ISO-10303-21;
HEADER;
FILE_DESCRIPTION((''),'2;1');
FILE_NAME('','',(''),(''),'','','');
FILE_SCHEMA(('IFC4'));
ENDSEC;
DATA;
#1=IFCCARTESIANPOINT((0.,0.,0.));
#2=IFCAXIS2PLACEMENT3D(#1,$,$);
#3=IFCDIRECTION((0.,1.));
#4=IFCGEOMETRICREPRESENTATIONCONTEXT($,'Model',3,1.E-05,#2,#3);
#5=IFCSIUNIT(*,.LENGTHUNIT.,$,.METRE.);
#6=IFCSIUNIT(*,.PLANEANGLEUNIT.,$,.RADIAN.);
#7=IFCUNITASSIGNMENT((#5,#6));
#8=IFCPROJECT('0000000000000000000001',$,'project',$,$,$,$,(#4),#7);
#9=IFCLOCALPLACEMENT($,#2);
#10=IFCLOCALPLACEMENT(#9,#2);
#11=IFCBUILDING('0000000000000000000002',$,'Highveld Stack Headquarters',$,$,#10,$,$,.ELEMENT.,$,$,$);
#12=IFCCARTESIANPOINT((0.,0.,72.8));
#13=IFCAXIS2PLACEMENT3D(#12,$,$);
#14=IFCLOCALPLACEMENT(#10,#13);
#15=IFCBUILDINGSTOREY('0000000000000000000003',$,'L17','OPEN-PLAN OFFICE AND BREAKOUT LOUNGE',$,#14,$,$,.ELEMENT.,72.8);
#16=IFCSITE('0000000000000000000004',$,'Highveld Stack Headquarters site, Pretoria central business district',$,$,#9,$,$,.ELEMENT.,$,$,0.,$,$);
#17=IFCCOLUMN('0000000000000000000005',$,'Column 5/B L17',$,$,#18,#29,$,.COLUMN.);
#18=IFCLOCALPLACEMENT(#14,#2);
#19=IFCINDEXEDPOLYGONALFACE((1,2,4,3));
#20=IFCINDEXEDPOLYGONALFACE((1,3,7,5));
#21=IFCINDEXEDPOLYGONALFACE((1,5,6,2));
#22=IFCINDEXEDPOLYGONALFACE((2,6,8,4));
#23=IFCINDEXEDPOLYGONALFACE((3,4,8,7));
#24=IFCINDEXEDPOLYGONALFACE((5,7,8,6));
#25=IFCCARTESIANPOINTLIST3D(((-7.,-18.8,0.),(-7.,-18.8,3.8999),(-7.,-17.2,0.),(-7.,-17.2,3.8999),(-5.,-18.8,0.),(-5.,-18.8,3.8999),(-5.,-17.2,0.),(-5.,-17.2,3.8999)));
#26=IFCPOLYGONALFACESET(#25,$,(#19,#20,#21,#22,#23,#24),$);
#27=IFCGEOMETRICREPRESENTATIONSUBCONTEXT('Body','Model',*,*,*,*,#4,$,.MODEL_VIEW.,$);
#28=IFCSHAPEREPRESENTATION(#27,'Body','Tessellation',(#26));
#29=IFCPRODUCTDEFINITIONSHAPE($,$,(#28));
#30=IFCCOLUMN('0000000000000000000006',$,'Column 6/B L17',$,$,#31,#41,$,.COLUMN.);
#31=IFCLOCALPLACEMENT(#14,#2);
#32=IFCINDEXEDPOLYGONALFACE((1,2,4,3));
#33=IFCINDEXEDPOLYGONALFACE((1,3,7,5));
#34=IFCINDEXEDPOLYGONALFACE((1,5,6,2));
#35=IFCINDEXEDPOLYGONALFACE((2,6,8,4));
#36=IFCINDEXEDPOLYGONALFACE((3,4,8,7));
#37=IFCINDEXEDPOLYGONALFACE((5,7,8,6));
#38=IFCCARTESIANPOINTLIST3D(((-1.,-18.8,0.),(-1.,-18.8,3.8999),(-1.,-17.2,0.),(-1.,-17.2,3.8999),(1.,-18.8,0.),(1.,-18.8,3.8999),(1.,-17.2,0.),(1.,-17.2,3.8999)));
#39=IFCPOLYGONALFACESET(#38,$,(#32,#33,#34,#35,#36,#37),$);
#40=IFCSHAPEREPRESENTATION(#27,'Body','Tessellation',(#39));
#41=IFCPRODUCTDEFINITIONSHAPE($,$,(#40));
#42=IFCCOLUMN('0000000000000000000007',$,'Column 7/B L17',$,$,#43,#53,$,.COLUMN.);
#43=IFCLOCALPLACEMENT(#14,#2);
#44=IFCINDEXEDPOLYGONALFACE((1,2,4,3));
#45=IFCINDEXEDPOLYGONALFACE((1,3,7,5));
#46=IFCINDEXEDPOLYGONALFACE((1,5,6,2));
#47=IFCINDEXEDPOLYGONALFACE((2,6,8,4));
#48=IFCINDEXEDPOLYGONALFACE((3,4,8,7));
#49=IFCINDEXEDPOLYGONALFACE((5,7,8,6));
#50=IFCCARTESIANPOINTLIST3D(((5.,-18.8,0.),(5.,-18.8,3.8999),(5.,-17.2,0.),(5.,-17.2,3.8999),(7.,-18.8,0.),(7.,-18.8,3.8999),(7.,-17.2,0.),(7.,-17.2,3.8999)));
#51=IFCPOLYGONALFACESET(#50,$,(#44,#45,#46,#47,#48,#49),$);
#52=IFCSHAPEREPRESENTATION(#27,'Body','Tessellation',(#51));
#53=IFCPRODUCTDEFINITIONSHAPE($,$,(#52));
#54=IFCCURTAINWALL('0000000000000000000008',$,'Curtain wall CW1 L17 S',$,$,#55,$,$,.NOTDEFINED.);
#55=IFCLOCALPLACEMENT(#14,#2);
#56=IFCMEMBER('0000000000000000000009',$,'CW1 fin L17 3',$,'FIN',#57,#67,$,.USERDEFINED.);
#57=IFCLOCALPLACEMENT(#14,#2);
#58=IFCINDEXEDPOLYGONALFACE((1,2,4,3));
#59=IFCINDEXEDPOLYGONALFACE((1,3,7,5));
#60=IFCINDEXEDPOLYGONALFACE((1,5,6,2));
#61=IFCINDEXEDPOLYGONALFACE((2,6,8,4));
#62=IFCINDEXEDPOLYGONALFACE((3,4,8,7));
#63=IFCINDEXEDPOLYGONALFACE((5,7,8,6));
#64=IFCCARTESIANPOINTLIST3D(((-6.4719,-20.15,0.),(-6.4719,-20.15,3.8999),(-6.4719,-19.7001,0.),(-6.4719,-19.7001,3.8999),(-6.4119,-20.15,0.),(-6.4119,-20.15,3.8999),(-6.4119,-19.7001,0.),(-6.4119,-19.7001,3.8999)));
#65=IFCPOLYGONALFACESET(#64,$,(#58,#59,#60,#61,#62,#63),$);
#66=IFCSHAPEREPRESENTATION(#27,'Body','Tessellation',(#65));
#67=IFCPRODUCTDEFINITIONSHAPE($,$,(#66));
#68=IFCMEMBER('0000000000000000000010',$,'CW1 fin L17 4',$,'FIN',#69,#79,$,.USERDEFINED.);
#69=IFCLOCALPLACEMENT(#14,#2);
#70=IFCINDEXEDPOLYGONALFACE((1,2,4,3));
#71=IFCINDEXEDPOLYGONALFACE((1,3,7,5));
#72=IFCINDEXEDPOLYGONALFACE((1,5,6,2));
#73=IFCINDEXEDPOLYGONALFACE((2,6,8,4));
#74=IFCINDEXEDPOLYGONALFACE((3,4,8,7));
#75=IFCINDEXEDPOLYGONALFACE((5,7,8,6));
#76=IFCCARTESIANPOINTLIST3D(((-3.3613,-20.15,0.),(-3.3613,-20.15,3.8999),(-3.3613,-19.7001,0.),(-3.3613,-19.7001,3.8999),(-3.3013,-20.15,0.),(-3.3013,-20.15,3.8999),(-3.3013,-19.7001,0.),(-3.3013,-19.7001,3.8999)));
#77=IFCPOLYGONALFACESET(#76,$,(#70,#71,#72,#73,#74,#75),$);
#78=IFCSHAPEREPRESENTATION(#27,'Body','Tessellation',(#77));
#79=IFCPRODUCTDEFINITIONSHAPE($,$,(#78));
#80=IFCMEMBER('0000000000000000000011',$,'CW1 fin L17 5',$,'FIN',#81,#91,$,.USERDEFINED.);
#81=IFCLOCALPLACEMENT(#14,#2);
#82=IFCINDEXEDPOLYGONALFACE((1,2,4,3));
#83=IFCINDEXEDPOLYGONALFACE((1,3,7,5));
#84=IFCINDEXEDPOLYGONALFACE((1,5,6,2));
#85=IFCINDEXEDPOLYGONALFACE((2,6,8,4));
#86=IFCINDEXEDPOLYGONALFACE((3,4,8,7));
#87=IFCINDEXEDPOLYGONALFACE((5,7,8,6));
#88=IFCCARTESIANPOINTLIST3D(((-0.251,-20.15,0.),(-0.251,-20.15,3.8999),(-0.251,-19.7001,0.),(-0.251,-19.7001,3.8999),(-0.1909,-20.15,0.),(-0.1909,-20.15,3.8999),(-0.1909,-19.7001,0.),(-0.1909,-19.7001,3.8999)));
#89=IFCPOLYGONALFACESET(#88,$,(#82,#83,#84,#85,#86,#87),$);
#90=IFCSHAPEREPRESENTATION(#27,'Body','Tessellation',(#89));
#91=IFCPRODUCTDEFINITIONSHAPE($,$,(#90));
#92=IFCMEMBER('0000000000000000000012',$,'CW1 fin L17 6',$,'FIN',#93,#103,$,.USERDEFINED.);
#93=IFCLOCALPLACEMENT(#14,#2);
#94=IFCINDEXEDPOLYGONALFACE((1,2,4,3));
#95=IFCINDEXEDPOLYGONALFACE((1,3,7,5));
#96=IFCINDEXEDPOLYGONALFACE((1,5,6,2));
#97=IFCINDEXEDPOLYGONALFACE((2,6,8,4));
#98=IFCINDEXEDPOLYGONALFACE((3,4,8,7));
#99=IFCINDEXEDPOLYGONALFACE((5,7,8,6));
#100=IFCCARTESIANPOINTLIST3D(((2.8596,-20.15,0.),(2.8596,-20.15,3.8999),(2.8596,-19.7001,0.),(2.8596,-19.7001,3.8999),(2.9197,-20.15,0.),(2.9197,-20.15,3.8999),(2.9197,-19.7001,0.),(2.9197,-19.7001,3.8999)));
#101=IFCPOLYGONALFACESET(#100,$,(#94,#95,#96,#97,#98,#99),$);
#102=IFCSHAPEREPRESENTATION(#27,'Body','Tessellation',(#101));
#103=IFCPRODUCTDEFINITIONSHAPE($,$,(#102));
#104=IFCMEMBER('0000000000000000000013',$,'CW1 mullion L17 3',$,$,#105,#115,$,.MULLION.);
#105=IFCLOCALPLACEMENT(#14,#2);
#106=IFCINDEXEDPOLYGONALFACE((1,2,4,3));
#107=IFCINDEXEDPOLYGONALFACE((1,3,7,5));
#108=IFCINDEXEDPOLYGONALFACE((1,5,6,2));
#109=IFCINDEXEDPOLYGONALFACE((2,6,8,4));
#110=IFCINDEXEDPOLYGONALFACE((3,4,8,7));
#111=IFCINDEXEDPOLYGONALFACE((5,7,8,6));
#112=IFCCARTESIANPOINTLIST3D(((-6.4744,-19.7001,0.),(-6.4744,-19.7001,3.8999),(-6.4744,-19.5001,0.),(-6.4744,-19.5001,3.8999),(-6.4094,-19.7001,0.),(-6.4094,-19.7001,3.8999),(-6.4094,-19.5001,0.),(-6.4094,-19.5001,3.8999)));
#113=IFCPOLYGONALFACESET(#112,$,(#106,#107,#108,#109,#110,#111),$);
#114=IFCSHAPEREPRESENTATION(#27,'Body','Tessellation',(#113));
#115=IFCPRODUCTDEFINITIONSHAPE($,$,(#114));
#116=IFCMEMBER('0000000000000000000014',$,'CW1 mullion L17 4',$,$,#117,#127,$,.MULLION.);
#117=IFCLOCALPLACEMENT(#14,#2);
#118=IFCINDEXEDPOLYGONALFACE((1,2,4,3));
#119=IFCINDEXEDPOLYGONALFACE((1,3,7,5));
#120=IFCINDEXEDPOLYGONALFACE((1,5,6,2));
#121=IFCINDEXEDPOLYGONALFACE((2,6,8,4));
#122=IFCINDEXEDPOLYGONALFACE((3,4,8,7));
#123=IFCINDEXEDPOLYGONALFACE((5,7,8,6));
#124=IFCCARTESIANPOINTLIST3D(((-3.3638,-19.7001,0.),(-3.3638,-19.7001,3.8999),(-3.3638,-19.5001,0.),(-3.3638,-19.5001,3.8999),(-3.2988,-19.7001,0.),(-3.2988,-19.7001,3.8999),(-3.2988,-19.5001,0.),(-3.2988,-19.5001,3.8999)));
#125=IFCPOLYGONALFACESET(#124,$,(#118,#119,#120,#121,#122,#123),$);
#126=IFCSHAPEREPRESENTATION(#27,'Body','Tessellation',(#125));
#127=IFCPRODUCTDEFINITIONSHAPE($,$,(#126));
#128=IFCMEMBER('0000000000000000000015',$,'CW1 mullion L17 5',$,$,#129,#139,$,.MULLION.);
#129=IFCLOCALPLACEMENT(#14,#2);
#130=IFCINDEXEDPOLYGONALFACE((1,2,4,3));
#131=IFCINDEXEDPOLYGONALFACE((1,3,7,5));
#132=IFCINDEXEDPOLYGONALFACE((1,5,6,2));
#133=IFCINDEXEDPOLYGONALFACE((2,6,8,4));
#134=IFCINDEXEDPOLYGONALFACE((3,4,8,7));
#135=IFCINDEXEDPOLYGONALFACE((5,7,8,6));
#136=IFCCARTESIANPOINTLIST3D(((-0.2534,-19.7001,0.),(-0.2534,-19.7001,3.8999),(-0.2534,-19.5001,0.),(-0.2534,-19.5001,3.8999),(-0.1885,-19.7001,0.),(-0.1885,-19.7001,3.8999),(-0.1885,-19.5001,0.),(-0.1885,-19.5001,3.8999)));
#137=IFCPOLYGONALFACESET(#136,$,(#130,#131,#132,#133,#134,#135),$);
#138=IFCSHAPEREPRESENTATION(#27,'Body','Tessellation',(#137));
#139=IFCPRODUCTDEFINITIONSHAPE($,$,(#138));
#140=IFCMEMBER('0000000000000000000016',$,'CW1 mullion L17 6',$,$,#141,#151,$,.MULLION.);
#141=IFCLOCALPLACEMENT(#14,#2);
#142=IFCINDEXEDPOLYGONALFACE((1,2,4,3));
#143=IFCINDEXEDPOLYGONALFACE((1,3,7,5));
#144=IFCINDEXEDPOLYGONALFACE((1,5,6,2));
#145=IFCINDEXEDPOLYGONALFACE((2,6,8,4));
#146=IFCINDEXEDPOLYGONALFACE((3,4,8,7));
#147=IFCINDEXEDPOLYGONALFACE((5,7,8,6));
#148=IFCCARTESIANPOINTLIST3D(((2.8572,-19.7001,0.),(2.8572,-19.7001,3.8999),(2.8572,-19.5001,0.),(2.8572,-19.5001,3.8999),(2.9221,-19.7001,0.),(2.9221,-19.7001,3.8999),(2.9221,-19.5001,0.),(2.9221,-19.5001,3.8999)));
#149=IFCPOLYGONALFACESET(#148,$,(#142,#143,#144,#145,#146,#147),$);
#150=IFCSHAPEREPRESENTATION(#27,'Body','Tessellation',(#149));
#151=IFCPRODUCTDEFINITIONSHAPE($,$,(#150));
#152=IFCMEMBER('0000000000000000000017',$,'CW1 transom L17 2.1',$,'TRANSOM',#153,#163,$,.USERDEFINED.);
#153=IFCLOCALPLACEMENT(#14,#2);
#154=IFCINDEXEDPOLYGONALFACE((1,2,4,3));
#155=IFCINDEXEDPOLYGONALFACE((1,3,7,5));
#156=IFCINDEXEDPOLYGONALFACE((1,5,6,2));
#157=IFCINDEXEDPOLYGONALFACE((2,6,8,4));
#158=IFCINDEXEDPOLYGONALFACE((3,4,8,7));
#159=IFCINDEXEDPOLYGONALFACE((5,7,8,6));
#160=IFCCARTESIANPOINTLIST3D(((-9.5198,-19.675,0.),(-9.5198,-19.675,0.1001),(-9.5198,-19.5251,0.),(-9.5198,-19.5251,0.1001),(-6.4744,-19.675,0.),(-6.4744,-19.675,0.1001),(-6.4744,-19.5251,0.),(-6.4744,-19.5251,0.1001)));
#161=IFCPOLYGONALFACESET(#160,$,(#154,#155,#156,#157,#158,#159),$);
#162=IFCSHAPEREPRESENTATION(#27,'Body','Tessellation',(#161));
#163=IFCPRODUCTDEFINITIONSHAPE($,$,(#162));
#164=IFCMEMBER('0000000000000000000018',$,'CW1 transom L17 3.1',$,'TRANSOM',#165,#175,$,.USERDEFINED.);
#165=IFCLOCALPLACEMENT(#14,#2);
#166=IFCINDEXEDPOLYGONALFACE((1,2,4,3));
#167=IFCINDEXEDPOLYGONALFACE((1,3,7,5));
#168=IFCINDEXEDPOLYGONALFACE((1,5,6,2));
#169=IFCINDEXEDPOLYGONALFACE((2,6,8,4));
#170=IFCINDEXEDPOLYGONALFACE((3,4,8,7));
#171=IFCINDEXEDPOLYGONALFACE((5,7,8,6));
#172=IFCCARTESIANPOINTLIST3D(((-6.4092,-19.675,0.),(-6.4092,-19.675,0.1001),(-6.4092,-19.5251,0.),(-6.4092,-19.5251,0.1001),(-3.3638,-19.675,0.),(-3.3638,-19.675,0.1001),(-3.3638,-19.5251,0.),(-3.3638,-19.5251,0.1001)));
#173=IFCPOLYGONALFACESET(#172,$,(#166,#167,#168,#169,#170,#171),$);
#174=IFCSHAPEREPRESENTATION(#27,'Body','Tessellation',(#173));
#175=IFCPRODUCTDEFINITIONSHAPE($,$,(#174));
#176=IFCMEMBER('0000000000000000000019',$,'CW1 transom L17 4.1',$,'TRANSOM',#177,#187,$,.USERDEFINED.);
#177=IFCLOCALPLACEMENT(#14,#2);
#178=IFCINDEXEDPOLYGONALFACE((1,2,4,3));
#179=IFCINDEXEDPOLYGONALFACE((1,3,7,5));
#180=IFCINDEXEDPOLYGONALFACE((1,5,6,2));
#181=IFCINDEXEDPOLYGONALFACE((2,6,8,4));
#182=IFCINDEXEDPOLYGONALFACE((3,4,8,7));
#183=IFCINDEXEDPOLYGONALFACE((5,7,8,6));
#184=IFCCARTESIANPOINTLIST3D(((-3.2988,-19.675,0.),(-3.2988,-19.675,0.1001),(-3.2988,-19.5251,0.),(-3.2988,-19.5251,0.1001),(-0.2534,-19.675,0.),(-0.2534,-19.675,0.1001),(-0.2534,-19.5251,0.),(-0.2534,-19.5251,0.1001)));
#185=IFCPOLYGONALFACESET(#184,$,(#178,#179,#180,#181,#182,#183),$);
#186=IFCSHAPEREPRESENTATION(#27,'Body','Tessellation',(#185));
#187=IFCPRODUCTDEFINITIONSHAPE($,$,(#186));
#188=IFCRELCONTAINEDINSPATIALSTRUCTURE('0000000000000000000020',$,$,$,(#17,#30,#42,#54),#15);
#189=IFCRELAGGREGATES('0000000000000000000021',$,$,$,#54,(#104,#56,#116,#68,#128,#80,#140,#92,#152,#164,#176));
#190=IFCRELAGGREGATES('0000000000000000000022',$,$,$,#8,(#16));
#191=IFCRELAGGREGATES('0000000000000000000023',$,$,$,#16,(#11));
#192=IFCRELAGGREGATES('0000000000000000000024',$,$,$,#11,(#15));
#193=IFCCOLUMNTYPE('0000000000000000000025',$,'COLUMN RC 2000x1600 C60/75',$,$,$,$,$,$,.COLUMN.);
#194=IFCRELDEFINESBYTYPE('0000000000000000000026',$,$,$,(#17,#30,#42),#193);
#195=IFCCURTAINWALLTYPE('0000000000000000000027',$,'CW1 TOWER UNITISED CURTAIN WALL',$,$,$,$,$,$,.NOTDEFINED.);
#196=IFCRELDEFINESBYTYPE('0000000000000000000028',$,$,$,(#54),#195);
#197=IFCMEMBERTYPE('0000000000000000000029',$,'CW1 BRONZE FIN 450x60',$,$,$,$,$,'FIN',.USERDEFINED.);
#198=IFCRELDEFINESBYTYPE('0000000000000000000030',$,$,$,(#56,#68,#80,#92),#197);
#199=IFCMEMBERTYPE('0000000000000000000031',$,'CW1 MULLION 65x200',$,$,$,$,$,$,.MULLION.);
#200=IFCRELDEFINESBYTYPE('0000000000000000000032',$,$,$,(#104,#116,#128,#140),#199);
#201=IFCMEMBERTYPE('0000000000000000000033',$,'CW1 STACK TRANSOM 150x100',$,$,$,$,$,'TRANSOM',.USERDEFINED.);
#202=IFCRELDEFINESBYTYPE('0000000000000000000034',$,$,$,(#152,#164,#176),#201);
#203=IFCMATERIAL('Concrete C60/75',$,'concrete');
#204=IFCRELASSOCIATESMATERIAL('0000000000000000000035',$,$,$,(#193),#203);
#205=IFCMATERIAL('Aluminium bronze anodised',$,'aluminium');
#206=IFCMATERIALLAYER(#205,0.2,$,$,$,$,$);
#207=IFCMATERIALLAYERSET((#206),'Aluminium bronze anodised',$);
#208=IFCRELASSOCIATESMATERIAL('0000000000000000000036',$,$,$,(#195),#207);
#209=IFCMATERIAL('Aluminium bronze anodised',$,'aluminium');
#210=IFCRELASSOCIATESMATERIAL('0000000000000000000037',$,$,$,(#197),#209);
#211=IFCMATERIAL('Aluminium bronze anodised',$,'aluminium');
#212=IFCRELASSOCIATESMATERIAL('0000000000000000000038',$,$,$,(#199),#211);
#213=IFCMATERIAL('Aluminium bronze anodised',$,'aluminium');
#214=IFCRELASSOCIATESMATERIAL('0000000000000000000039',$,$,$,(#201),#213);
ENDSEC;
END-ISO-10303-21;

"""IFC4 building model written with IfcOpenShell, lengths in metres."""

from ifc_helpers import new_model, si_unit, direction, frame, origin, origin_2d, place, context, subcontext, project, spatial, rectangle, extrude, material, layer, layer_set, material_profile, profile_set, type_object, element, aggregate, save


model = new_model("IFC4")

# Units and contexts
model_context = context("Model", 3, precision=1e-05, world=origin(), true_north=direction((0.0, 1.0)))
body_context = subcontext(model_context, "Body", "Model", "MODEL_VIEW")
ifc_project = project(units=[si_unit("LENGTHUNIT", "METRE"), si_unit("PLANEANGLEUNIT", "RADIAN")], contexts=[model_context])

# Site, building, storey
site_placement = place(None, origin())
site = spatial("IfcSite", under=ifc_project, at=site_placement, Name="Highveld Stack Headquarters site, Pretoria central business district", CompositionType="ELEMENT", RefElevation=0.0)
building_placement = place(site_placement, origin())
building = spatial("IfcBuilding", under=site, at=building_placement, Name="Highveld Stack Headquarters", CompositionType="ELEMENT")
storey_placement = place(building_placement, frame((0.0, 0.0, 72.8)))
storey = spatial("IfcBuildingStorey", under=building, at=storey_placement, Name="L17", Description="OPEN-PLAN OFFICE AND BREAKOUT LOUNGE", CompositionType="ELEMENT", Elevation=72.8)

# Columns
ifc_material_1 = material(Name="Concrete C60/75", Category="concrete")
ifc_material_profile_1 = material_profile(ifc_material_1, rectangle(XDim=2.0, YDim=1.6001, at=origin_2d()), Name="RC 2000x1600")
ifc_profile_set_1 = profile_set([ifc_material_profile_1], Name="Concrete C60/75")
column_type = type_object("IfcColumnType", Name="COLUMN RC 2000x1600 C60/75", PredefinedType="COLUMN", material=ifc_profile_set_1)
for number, where, z_axis, x_axis, name in (
    (1, (-6.0, -18.0, 0.0), (0.0, 0.0, 1.0), (1.0, 0.0, 0.0), "Column 5/B L17"),
    (2, (0.0, -18.0, 0.0), (0.0, 0.0, 1.0), (1.0, 0.0, 0.0), "Column 6/B L17"),
    (3, (6.0, -18.0, 0.0), (0.0, 0.0, 1.0), (1.0, 0.0, 0.0), "Column 7/B L17"),
):
    element("IfcColumn", number, at=place(storey_placement, frame(where, z_axis=z_axis, x_axis=x_axis)), inside=storey, type_object=column_type, Name=name, PredefinedType="COLUMN", context=body_context, shape_type="SweptSolid", body=[
        extrude(rectangle(XDim=2.0, YDim=1.6001, at=origin_2d()), origin(), (0.0, 0.0, 1.0), 3.8999),
    ])

# Curtain wall, members
ifc_material_2 = material(Name="Aluminium bronze anodised", Category="aluminium")
ifc_layer_1 = layer(ifc_material_2, 0.2)
ifc_layer_set_1 = layer_set([ifc_layer_1], Name="Aluminium bronze anodised")
curtain_wall_type = type_object("IfcCurtainWallType", Name="CW1 TOWER UNITISED CURTAIN WALL", PredefinedType="NOTDEFINED", material=ifc_layer_set_1)
curtain_wall_placement = place(storey_placement, origin())
curtain_wall = element("IfcCurtainWall", 4, at=curtain_wall_placement, inside=storey, type_object=curtain_wall_type, Name="Curtain wall CW1 L17 S", PredefinedType="NOTDEFINED")
ifc_material_3 = material(Name="Aluminium bronze anodised", Category="aluminium")
ifc_material_profile_2 = material_profile(ifc_material_3, rectangle(XDim=0.45, YDim=0.0601, at=origin_2d()), Name="FIN 450x60")
ifc_profile_set_2 = profile_set([ifc_material_profile_2], Name="Aluminium bronze anodised")
member_type_1 = type_object("IfcMemberType", Name="CW1 BRONZE FIN 450x60", ElementType="FIN", PredefinedType="USERDEFINED", material=ifc_profile_set_2)
member_1_placement = place(storey_placement, frame((-6.4419, -19.925, 0.0), z_axis=(0.0, 0.0, 1.0), x_axis=(0.0, 1.0, 0.0)))
member_1 = element("IfcMember", 5, at=member_1_placement, type_object=member_type_1, Name="CW1 fin L17 3", ObjectType="FIN", PredefinedType="USERDEFINED", context=body_context, shape_type="SweptSolid", body=[
    extrude(rectangle(XDim=0.45, YDim=0.0601, at=origin_2d()), origin(), (0.0, 0.0, 1.0), 3.8999),
])
member_2_placement = place(storey_placement, frame((-3.3313, -19.925, 0.0), z_axis=(0.0, 0.0, 1.0), x_axis=(0.0, 1.0, 0.0)))
member_2 = element("IfcMember", 6, at=member_2_placement, type_object=member_type_1, Name="CW1 fin L17 4", ObjectType="FIN", PredefinedType="USERDEFINED", context=body_context, shape_type="SweptSolid", body=[
    extrude(rectangle(XDim=0.45, YDim=0.0601, at=origin_2d()), origin(), (0.0, 0.0, 1.0), 3.8999),
])
member_3_placement = place(storey_placement, frame((-0.2209, -19.925, 0.0), z_axis=(0.0, 0.0, 1.0), x_axis=(0.0, 1.0, 0.0)))
member_3 = element("IfcMember", 7, at=member_3_placement, type_object=member_type_1, Name="CW1 fin L17 5", ObjectType="FIN", PredefinedType="USERDEFINED", context=body_context, shape_type="SweptSolid", body=[
    extrude(rectangle(XDim=0.45, YDim=0.0601, at=origin_2d()), origin(), (0.0, 0.0, 1.0), 3.8999),
])
member_4_placement = place(storey_placement, frame((2.8896, -19.925, 0.0), z_axis=(0.0, 0.0, 1.0), x_axis=(0.0, 1.0, 0.0)))
member_4 = element("IfcMember", 8, at=member_4_placement, type_object=member_type_1, Name="CW1 fin L17 6", ObjectType="FIN", PredefinedType="USERDEFINED", context=body_context, shape_type="SweptSolid", body=[
    extrude(rectangle(XDim=0.45, YDim=0.0601, at=origin_2d()), origin(), (0.0, 0.0, 1.0), 3.8999),
])
ifc_material_4 = material(Name="Aluminium bronze anodised", Category="aluminium")
ifc_material_profile_3 = material_profile(ifc_material_4, rectangle(XDim=0.2, YDim=0.0649, at=origin_2d()), Name="CW1 MULLION 65x200")
ifc_profile_set_3 = profile_set([ifc_material_profile_3], Name="Aluminium bronze anodised")
member_type_2 = type_object("IfcMemberType", Name="CW1 MULLION 65x200", PredefinedType="MULLION", material=ifc_profile_set_3)
member_5_placement = place(storey_placement, frame((-6.4419, -19.6001, 0.0), z_axis=(0.0, 0.0, 1.0), x_axis=(0.0, 1.0, 0.0)))
member_5 = element("IfcMember", 9, at=member_5_placement, type_object=member_type_2, Name="CW1 mullion L17 3", PredefinedType="MULLION", context=body_context, shape_type="SweptSolid", body=[
    extrude(rectangle(XDim=0.2, YDim=0.0649, at=origin_2d()), origin(), (0.0, 0.0, 1.0), 3.8999),
])
member_6_placement = place(storey_placement, frame((-3.3313, -19.6001, 0.0), z_axis=(0.0, 0.0, 1.0), x_axis=(0.0, 1.0, 0.0)))
member_6 = element("IfcMember", 10, at=member_6_placement, type_object=member_type_2, Name="CW1 mullion L17 4", PredefinedType="MULLION", context=body_context, shape_type="SweptSolid", body=[
    extrude(rectangle(XDim=0.2, YDim=0.0649, at=origin_2d()), origin(), (0.0, 0.0, 1.0), 3.8999),
])
member_7_placement = place(storey_placement, frame((-0.2209, -19.6001, 0.0), z_axis=(0.0, 0.0, 1.0), x_axis=(0.0, 1.0, 0.0)))
member_7 = element("IfcMember", 11, at=member_7_placement, type_object=member_type_2, Name="CW1 mullion L17 5", PredefinedType="MULLION", context=body_context, shape_type="SweptSolid", body=[
    extrude(rectangle(XDim=0.2, YDim=0.0649, at=origin_2d()), origin(), (0.0, 0.0, 1.0), 3.8999),
])
member_8_placement = place(storey_placement, frame((2.8896, -19.6001, 0.0), z_axis=(0.0, 0.0, 1.0), x_axis=(0.0, 1.0, 0.0)))
member_8 = element("IfcMember", 12, at=member_8_placement, type_object=member_type_2, Name="CW1 mullion L17 6", PredefinedType="MULLION", context=body_context, shape_type="SweptSolid", body=[
    extrude(rectangle(XDim=0.2, YDim=0.0649, at=origin_2d()), origin(), (0.0, 0.0, 1.0), 3.8999),
])
ifc_material_5 = material(Name="Aluminium bronze anodised", Category="aluminium")
ifc_material_profile_4 = material_profile(ifc_material_5, rectangle(XDim=0.1499, YDim=0.1001, at=origin_2d()), Name="CW1 TRANSOM 150x100")
ifc_profile_set_4 = profile_set([ifc_material_profile_4], Name="Aluminium bronze anodised")
member_type_3 = type_object("IfcMemberType", Name="CW1 STACK TRANSOM 150x100", ElementType="TRANSOM", PredefinedType="USERDEFINED", material=ifc_profile_set_4)
member_9_placement = place(storey_placement, frame((-9.5198, -19.6001, 0.05), z_axis=(1.0, 0.0, 0.0), x_axis=(0.0, 1.0, 0.0)))
member_9 = element("IfcMember", 13, at=member_9_placement, type_object=member_type_3, Name="CW1 transom L17 2.1", ObjectType="TRANSOM", PredefinedType="USERDEFINED", context=body_context, shape_type="SweptSolid", body=[
    extrude(rectangle(XDim=0.1499, YDim=0.1001, at=origin_2d()), origin(), (0.0, 0.0, 1.0), 3.0454),
])
member_10_placement = place(storey_placement, frame((-6.4092, -19.6001, 0.05), z_axis=(1.0, 0.0, 0.0), x_axis=(0.0, 1.0, 0.0)))
member_10 = element("IfcMember", 14, at=member_10_placement, type_object=member_type_3, Name="CW1 transom L17 3.1", ObjectType="TRANSOM", PredefinedType="USERDEFINED", context=body_context, shape_type="SweptSolid", body=[
    extrude(rectangle(XDim=0.1499, YDim=0.1001, at=origin_2d()), origin(), (0.0, 0.0, 1.0), 3.0454),
])
member_11_placement = place(storey_placement, frame((-3.2988, -19.6001, 0.05), z_axis=(1.0, 0.0, 0.0), x_axis=(0.0, 1.0, 0.0)))
member_11 = element("IfcMember", 15, at=member_11_placement, type_object=member_type_3, Name="CW1 transom L17 4.1", ObjectType="TRANSOM", PredefinedType="USERDEFINED", context=body_context, shape_type="SweptSolid", body=[
    extrude(rectangle(XDim=0.1499, YDim=0.1001, at=origin_2d()), origin(), (0.0, 0.0, 1.0), 3.0454),
])
aggregate(curtain_wall, [member_5, member_1, member_6, member_2, member_7, member_3, member_8, member_4, member_9, member_10, member_11])

save(model, "model.ifc")
